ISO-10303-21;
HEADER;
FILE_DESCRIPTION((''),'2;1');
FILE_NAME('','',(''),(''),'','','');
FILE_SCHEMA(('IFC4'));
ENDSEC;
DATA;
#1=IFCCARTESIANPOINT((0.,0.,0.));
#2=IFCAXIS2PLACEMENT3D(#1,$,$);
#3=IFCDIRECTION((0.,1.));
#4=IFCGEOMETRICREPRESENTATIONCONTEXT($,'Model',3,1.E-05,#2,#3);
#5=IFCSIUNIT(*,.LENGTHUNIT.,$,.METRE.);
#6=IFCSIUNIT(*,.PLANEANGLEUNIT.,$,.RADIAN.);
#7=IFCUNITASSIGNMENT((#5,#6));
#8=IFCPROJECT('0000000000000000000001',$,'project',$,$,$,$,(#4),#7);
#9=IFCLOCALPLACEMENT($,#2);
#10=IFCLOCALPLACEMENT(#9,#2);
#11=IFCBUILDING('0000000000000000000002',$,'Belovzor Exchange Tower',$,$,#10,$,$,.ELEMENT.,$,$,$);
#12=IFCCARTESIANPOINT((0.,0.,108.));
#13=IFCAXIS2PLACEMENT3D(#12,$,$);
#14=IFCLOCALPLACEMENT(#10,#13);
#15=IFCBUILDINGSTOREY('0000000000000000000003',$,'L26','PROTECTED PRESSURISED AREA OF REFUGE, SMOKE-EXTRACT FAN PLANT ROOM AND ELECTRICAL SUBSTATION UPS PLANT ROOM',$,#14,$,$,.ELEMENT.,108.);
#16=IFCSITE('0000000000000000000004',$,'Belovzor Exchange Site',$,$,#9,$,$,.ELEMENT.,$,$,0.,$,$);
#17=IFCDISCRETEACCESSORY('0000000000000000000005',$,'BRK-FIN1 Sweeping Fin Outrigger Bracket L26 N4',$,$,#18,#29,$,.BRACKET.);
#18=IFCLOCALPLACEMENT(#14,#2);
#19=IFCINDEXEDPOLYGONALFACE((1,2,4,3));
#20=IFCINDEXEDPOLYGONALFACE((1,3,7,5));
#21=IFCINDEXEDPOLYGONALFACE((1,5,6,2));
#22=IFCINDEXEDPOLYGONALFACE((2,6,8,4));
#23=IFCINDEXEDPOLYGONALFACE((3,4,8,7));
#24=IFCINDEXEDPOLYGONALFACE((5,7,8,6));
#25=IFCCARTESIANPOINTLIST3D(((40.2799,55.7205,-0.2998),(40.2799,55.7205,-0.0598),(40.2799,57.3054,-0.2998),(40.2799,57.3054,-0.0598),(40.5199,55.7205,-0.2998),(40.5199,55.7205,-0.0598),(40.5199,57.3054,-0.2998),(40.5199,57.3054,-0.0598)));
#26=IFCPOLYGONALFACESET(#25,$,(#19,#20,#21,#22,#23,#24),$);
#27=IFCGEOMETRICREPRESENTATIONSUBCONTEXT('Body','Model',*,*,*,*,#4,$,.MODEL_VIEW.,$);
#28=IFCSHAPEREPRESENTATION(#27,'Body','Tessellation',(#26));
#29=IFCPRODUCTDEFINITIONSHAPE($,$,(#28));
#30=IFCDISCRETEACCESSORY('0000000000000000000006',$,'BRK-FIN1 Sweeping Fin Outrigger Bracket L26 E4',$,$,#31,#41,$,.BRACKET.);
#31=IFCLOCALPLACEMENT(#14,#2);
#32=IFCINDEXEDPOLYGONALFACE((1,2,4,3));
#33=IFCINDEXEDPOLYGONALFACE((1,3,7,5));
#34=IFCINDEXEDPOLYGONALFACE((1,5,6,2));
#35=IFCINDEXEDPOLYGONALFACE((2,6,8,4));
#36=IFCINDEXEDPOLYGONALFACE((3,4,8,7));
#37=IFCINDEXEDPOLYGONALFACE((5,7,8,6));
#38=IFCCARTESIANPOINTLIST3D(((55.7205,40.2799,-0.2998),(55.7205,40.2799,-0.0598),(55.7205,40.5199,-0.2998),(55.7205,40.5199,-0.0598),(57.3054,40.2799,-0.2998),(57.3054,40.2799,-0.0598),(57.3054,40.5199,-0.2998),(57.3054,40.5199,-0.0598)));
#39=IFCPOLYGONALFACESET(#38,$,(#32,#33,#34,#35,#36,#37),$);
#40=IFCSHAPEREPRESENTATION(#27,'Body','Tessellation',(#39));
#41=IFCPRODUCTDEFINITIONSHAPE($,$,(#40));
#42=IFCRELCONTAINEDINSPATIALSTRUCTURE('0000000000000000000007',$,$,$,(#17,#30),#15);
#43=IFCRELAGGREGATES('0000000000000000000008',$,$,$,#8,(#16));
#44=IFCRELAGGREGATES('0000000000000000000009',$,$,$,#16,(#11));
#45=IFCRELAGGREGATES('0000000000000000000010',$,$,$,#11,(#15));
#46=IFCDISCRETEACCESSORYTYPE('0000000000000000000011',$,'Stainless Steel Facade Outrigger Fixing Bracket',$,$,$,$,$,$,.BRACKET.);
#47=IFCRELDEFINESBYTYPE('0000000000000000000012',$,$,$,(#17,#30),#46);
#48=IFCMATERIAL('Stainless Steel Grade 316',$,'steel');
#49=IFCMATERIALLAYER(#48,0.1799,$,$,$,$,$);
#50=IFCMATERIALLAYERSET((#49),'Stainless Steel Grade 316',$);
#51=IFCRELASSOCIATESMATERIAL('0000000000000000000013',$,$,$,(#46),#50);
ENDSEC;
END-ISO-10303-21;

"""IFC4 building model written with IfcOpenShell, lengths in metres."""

from ifc_helpers import new_model, si_unit, direction, frame, origin, origin_2d, place, context, subcontext, project, spatial, rectangle, extrude, material, layer, layer_set, type_object, element, save


model = new_model("IFC4")

# Units and contexts
model_context = context("Model", 3, precision=1e-05, world=origin(), true_north=direction((0.0, 1.0)))
body_context = subcontext(model_context, "Body", "Model", "MODEL_VIEW")
ifc_project = project(units=[si_unit("LENGTHUNIT", "METRE"), si_unit("PLANEANGLEUNIT", "RADIAN")], contexts=[model_context])

# Site, building, storey
site_placement = place(None, origin())
site = spatial("IfcSite", under=ifc_project, at=site_placement, Name="Belovzor Exchange Site", CompositionType="ELEMENT", RefElevation=0.0)
building_placement = place(site_placement, origin())
building = spatial("IfcBuilding", under=site, at=building_placement, Name="Belovzor Exchange Tower", CompositionType="ELEMENT")
storey_placement = place(building_placement, frame((0.0, 0.0, 108.0)))
storey = spatial("IfcBuildingStorey", under=building, at=storey_placement, Name="L26", Description="PROTECTED PRESSURISED AREA OF REFUGE, SMOKE-EXTRACT FAN PLANT ROOM AND ELECTRICAL SUBSTATION UPS PLANT ROOM", CompositionType="ELEMENT", Elevation=108.0)

# Discrete accessories
ifc_material_1 = material(Name="Stainless Steel Grade 316", Category="steel")
ifc_layer_1 = layer(ifc_material_1, 0.1799)
ifc_layer_set_1 = layer_set([ifc_layer_1], Name="Stainless Steel Grade 316")
discrete_accessory_type = type_object("IfcDiscreteAccessoryType", Name="Stainless Steel Facade Outrigger Fixing Bracket", PredefinedType="BRACKET", material=ifc_layer_set_1)
for number, where, z_axis, x_axis, name in (
    (1, (40.3999, 56.5129, -0.2998), (0.0, 0.0, 1.0), (0.0, 1.0, 0.0), "BRK-FIN1 Sweeping Fin Outrigger Bracket L26 N4"),
    (2, (56.5129, 40.3999, -0.2998), (0.0, 0.0, 1.0), (1.0, 0.0, 0.0), "BRK-FIN1 Sweeping Fin Outrigger Bracket L26 E4"),
):
    element("IfcDiscreteAccessory", number, at=place(storey_placement, frame(where, z_axis=z_axis, x_axis=x_axis)), inside=storey, type_object=discrete_accessory_type, Name=name, PredefinedType="BRACKET", context=body_context, shape_type="SweptSolid", body=[
        extrude(rectangle(XDim=1.585, YDim=0.24, at=origin_2d()), origin(), (0.0, 0.0, 1.0), 0.24),
    ])

save(model, "model.ifc")
